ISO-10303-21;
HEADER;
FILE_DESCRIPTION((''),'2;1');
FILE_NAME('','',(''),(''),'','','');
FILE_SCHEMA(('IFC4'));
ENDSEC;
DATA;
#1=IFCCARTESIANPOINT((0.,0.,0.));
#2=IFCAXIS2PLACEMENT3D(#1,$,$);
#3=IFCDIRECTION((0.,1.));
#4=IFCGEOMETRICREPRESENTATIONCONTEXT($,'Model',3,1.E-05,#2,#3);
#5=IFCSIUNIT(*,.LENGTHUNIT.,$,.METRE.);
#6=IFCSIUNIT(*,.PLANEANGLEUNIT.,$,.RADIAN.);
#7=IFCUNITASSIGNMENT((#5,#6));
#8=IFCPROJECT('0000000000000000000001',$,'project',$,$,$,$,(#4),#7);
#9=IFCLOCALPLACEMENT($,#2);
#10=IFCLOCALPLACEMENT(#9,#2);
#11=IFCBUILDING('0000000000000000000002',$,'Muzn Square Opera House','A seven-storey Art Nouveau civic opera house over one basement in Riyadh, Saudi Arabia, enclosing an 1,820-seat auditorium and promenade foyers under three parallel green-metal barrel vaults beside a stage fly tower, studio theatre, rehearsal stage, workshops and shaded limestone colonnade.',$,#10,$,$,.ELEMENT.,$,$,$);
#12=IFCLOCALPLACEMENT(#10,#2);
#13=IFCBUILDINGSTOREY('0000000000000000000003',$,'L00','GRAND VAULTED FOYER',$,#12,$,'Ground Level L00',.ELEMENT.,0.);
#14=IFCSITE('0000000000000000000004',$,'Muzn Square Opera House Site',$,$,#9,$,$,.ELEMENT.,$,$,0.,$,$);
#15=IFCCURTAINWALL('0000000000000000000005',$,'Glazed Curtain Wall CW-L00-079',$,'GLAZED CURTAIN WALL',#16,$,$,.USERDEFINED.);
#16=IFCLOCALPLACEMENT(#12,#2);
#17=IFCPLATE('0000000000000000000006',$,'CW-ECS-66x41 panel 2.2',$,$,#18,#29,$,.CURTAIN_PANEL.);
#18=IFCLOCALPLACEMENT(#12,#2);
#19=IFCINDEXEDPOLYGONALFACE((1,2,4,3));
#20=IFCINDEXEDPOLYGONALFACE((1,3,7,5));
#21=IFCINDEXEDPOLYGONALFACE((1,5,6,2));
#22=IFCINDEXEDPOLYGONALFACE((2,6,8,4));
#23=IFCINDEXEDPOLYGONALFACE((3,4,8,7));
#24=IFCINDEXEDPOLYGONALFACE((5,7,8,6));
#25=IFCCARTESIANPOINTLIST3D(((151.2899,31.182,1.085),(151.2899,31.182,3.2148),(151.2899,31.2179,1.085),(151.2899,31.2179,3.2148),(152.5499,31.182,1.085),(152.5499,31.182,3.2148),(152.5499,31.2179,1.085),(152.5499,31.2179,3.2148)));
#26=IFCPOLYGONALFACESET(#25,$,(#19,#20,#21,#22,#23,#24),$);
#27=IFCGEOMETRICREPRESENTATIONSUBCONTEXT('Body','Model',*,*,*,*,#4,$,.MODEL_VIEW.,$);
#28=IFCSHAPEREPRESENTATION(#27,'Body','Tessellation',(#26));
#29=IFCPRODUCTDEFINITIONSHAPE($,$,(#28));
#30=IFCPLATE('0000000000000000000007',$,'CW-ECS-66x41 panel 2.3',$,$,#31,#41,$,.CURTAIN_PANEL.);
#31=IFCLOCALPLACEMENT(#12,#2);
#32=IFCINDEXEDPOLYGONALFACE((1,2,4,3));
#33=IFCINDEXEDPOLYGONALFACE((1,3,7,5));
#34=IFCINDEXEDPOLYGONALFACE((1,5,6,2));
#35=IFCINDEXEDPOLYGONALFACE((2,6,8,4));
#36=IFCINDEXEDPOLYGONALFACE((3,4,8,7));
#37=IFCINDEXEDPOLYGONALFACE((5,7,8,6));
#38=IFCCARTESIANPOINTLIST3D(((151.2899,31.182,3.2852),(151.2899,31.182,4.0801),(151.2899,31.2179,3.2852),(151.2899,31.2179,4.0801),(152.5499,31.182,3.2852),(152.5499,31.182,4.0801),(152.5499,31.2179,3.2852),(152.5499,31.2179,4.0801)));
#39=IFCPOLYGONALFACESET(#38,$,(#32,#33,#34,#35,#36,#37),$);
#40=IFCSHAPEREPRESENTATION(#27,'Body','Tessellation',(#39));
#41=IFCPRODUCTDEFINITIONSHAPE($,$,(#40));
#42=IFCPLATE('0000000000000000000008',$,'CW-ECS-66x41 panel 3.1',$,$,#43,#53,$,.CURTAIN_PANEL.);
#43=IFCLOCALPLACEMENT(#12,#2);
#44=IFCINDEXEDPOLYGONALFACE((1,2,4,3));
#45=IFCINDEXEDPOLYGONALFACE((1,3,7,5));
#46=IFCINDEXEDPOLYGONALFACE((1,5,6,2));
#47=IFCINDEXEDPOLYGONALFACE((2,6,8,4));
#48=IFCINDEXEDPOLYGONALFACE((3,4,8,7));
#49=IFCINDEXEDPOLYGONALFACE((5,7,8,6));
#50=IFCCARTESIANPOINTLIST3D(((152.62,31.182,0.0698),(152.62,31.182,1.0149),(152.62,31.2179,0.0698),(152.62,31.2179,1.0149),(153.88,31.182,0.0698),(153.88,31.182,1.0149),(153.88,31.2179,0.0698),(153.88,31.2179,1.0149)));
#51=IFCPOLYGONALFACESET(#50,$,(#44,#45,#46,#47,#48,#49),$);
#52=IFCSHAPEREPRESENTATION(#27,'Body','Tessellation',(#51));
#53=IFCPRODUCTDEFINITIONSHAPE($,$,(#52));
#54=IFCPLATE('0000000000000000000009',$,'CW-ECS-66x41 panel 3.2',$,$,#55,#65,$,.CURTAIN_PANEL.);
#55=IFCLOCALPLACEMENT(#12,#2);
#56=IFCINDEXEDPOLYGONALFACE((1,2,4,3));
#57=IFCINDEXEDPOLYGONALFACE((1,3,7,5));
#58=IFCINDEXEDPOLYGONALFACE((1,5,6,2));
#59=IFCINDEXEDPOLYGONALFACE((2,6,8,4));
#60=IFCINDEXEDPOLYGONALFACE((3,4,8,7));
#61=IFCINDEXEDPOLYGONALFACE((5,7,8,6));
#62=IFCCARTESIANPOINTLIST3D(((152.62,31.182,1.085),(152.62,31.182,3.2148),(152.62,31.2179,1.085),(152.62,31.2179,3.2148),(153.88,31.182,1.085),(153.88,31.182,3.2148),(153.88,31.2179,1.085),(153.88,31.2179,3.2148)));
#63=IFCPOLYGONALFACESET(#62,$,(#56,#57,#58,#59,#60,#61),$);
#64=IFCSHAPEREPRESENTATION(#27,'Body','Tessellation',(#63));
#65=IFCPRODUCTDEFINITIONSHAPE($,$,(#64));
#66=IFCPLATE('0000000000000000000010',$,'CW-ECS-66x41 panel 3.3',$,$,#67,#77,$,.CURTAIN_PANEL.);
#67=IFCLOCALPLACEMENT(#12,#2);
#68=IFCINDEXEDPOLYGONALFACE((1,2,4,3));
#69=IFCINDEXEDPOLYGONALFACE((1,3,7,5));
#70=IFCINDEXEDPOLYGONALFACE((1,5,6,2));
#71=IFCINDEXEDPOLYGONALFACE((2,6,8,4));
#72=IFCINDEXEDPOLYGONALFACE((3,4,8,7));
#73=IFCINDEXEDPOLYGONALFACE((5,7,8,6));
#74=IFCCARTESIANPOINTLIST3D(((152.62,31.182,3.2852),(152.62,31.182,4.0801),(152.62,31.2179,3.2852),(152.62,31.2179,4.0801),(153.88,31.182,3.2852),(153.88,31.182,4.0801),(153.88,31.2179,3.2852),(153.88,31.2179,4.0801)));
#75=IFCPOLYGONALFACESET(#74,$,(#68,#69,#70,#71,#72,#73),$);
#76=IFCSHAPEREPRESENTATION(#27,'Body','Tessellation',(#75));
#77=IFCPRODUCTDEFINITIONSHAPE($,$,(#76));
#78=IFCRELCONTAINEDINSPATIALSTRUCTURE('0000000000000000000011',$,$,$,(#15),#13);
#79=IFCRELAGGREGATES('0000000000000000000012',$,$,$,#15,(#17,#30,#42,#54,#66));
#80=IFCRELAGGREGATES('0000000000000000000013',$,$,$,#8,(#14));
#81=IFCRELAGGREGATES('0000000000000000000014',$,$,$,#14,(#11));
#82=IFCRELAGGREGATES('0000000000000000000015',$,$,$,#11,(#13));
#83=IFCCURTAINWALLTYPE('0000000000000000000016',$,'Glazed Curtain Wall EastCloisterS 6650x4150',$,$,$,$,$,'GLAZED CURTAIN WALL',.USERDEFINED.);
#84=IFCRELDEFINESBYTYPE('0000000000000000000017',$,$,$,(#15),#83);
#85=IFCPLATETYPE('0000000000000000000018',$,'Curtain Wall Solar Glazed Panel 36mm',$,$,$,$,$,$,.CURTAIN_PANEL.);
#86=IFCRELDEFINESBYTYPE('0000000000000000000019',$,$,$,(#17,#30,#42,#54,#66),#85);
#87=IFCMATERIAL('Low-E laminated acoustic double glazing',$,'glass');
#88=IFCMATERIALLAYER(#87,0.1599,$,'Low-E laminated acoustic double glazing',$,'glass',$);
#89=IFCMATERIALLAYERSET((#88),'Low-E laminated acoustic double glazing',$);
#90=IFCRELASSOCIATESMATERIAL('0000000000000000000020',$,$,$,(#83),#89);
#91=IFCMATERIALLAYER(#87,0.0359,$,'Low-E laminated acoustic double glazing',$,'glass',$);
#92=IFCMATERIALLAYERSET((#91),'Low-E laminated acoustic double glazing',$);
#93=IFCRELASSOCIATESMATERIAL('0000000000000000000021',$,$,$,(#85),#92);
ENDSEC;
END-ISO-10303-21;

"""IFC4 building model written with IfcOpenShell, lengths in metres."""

from ifc_helpers import new_model, si_unit, direction, frame, origin, origin_2d, place, context, subcontext, project, spatial, rectangle, extrude, material, layer, layer_set, type_object, element, aggregate, save


model = new_model("IFC4")

# Units and contexts
model_context = context("Model", 3, precision=1e-05, world=origin(), true_north=direction((0.0, 1.0)))
body_context = subcontext(model_context, "Body", "Model", "MODEL_VIEW")
ifc_project = project(units=[si_unit("LENGTHUNIT", "METRE"), si_unit("PLANEANGLEUNIT", "RADIAN")], contexts=[model_context])

# Site, building, storey
site_placement = place(None, origin())
site = spatial("IfcSite", under=ifc_project, at=site_placement, Name="Muzn Square Opera House Site", CompositionType="ELEMENT", RefElevation=0.0)
building_placement = place(site_placement, origin())
building = spatial("IfcBuilding", under=site, at=building_placement, Name="Muzn Square Opera House", Description="A seven-storey Art Nouveau civic opera house over one basement in Riyadh, Saudi Arabia, enclosing an 1,820-seat auditorium and promenade foyers under three parallel green-metal barrel vaults beside a stage fly tower, studio theatre, rehearsal stage, workshops and shaded limestone colonnade.", CompositionType="ELEMENT")
storey_placement = place(building_placement, origin())
storey = spatial("IfcBuildingStorey", under=building, at=storey_placement, Name="L00", Description="GRAND VAULTED FOYER", LongName="Ground Level L00", CompositionType="ELEMENT", Elevation=0.0)

# Shared definitions
ifc_material_1 = material(Name="Low-E laminated acoustic double glazing", Category="glass")

# Curtain wall
ifc_layer_1 = layer(ifc_material_1, 0.1599, Name="Low-E laminated acoustic double glazing", Category="glass")
ifc_layer_set_1 = layer_set([ifc_layer_1], Name="Low-E laminated acoustic double glazing")
curtain_wall_type_1 = type_object("IfcCurtainWallType", Name="Glazed Curtain Wall EastCloisterS 6650x4150", ElementType="GLAZED CURTAIN WALL", PredefinedType="USERDEFINED", material=ifc_layer_set_1)
curtain_wall_1_placement = place(storey_placement, origin())
curtain_wall_1 = element("IfcCurtainWall", 1, at=curtain_wall_1_placement, inside=storey, type_object=curtain_wall_type_1, Name="Glazed Curtain Wall CW-L00-079", ObjectType="GLAZED CURTAIN WALL", PredefinedType="USERDEFINED")

# Plates
ifc_layer_2 = layer(ifc_material_1, 0.0359, Name="Low-E laminated acoustic double glazing", Category="glass")
ifc_layer_set_2 = layer_set([ifc_layer_2], Name="Low-E laminated acoustic double glazing")
plate_type = type_object("IfcPlateType", Name="Curtain Wall Solar Glazed Panel 36mm", PredefinedType="CURTAIN_PANEL", material=ifc_layer_set_2)
plate_1_placement = place(storey_placement, frame((151.9199, 31.2, 1.085), z_axis=(0.0, 0.0, 1.0), x_axis=(1.0, 0.0, 0.0)))
plate_1 = element("IfcPlate", 2, at=plate_1_placement, type_object=plate_type, Name="CW-ECS-66x41 panel 2.2", PredefinedType="CURTAIN_PANEL", context=body_context, shape_type="SweptSolid", body=[
    extrude(rectangle(XDim=1.26, YDim=0.0359, at=origin_2d()), origin(), (0.0, 0.0, 1.0), 2.1299),
])
plate_2_placement = place(storey_placement, frame((151.9199, 31.2, 3.2852), z_axis=(0.0, 0.0, 1.0), x_axis=(1.0, 0.0, 0.0)))
plate_2 = element("IfcPlate", 3, at=plate_2_placement, type_object=plate_type, Name="CW-ECS-66x41 panel 2.3", PredefinedType="CURTAIN_PANEL", context=body_context, shape_type="SweptSolid", body=[
    extrude(rectangle(XDim=1.26, YDim=0.0359, at=origin_2d()), origin(), (0.0, 0.0, 1.0), 0.7949),
])
plate_3_placement = place(storey_placement, frame((153.25, 31.2, 0.0698), z_axis=(0.0, 0.0, 1.0), x_axis=(1.0, 0.0, 0.0)))
plate_3 = element("IfcPlate", 4, at=plate_3_placement, type_object=plate_type, Name="CW-ECS-66x41 panel 3.1", PredefinedType="CURTAIN_PANEL", context=body_context, shape_type="SweptSolid", body=[
    extrude(rectangle(XDim=1.26, YDim=0.0359, at=origin_2d()), origin(), (0.0, 0.0, 1.0), 0.9451),
])
plate_4_placement = place(storey_placement, frame((153.25, 31.2, 1.085), z_axis=(0.0, 0.0, 1.0), x_axis=(1.0, 0.0, 0.0)))
plate_4 = element("IfcPlate", 5, at=plate_4_placement, type_object=plate_type, Name="CW-ECS-66x41 panel 3.2", PredefinedType="CURTAIN_PANEL", context=body_context, shape_type="SweptSolid", body=[
    extrude(rectangle(XDim=1.26, YDim=0.0359, at=origin_2d()), origin(), (0.0, 0.0, 1.0), 2.1299),
])
plate_5_placement = place(storey_placement, frame((153.25, 31.2, 3.2852), z_axis=(0.0, 0.0, 1.0), x_axis=(1.0, 0.0, 0.0)))
plate_5 = element("IfcPlate", 6, at=plate_5_placement, type_object=plate_type, Name="CW-ECS-66x41 panel 3.3", PredefinedType="CURTAIN_PANEL", context=body_context, shape_type="SweptSolid", body=[
    extrude(rectangle(XDim=1.26, YDim=0.0359, at=origin_2d()), origin(), (0.0, 0.0, 1.0), 0.7949),
])
aggregate(curtain_wall_1, [plate_1, plate_2, plate_3, plate_4, plate_5])

save(model, "model.ifc")
